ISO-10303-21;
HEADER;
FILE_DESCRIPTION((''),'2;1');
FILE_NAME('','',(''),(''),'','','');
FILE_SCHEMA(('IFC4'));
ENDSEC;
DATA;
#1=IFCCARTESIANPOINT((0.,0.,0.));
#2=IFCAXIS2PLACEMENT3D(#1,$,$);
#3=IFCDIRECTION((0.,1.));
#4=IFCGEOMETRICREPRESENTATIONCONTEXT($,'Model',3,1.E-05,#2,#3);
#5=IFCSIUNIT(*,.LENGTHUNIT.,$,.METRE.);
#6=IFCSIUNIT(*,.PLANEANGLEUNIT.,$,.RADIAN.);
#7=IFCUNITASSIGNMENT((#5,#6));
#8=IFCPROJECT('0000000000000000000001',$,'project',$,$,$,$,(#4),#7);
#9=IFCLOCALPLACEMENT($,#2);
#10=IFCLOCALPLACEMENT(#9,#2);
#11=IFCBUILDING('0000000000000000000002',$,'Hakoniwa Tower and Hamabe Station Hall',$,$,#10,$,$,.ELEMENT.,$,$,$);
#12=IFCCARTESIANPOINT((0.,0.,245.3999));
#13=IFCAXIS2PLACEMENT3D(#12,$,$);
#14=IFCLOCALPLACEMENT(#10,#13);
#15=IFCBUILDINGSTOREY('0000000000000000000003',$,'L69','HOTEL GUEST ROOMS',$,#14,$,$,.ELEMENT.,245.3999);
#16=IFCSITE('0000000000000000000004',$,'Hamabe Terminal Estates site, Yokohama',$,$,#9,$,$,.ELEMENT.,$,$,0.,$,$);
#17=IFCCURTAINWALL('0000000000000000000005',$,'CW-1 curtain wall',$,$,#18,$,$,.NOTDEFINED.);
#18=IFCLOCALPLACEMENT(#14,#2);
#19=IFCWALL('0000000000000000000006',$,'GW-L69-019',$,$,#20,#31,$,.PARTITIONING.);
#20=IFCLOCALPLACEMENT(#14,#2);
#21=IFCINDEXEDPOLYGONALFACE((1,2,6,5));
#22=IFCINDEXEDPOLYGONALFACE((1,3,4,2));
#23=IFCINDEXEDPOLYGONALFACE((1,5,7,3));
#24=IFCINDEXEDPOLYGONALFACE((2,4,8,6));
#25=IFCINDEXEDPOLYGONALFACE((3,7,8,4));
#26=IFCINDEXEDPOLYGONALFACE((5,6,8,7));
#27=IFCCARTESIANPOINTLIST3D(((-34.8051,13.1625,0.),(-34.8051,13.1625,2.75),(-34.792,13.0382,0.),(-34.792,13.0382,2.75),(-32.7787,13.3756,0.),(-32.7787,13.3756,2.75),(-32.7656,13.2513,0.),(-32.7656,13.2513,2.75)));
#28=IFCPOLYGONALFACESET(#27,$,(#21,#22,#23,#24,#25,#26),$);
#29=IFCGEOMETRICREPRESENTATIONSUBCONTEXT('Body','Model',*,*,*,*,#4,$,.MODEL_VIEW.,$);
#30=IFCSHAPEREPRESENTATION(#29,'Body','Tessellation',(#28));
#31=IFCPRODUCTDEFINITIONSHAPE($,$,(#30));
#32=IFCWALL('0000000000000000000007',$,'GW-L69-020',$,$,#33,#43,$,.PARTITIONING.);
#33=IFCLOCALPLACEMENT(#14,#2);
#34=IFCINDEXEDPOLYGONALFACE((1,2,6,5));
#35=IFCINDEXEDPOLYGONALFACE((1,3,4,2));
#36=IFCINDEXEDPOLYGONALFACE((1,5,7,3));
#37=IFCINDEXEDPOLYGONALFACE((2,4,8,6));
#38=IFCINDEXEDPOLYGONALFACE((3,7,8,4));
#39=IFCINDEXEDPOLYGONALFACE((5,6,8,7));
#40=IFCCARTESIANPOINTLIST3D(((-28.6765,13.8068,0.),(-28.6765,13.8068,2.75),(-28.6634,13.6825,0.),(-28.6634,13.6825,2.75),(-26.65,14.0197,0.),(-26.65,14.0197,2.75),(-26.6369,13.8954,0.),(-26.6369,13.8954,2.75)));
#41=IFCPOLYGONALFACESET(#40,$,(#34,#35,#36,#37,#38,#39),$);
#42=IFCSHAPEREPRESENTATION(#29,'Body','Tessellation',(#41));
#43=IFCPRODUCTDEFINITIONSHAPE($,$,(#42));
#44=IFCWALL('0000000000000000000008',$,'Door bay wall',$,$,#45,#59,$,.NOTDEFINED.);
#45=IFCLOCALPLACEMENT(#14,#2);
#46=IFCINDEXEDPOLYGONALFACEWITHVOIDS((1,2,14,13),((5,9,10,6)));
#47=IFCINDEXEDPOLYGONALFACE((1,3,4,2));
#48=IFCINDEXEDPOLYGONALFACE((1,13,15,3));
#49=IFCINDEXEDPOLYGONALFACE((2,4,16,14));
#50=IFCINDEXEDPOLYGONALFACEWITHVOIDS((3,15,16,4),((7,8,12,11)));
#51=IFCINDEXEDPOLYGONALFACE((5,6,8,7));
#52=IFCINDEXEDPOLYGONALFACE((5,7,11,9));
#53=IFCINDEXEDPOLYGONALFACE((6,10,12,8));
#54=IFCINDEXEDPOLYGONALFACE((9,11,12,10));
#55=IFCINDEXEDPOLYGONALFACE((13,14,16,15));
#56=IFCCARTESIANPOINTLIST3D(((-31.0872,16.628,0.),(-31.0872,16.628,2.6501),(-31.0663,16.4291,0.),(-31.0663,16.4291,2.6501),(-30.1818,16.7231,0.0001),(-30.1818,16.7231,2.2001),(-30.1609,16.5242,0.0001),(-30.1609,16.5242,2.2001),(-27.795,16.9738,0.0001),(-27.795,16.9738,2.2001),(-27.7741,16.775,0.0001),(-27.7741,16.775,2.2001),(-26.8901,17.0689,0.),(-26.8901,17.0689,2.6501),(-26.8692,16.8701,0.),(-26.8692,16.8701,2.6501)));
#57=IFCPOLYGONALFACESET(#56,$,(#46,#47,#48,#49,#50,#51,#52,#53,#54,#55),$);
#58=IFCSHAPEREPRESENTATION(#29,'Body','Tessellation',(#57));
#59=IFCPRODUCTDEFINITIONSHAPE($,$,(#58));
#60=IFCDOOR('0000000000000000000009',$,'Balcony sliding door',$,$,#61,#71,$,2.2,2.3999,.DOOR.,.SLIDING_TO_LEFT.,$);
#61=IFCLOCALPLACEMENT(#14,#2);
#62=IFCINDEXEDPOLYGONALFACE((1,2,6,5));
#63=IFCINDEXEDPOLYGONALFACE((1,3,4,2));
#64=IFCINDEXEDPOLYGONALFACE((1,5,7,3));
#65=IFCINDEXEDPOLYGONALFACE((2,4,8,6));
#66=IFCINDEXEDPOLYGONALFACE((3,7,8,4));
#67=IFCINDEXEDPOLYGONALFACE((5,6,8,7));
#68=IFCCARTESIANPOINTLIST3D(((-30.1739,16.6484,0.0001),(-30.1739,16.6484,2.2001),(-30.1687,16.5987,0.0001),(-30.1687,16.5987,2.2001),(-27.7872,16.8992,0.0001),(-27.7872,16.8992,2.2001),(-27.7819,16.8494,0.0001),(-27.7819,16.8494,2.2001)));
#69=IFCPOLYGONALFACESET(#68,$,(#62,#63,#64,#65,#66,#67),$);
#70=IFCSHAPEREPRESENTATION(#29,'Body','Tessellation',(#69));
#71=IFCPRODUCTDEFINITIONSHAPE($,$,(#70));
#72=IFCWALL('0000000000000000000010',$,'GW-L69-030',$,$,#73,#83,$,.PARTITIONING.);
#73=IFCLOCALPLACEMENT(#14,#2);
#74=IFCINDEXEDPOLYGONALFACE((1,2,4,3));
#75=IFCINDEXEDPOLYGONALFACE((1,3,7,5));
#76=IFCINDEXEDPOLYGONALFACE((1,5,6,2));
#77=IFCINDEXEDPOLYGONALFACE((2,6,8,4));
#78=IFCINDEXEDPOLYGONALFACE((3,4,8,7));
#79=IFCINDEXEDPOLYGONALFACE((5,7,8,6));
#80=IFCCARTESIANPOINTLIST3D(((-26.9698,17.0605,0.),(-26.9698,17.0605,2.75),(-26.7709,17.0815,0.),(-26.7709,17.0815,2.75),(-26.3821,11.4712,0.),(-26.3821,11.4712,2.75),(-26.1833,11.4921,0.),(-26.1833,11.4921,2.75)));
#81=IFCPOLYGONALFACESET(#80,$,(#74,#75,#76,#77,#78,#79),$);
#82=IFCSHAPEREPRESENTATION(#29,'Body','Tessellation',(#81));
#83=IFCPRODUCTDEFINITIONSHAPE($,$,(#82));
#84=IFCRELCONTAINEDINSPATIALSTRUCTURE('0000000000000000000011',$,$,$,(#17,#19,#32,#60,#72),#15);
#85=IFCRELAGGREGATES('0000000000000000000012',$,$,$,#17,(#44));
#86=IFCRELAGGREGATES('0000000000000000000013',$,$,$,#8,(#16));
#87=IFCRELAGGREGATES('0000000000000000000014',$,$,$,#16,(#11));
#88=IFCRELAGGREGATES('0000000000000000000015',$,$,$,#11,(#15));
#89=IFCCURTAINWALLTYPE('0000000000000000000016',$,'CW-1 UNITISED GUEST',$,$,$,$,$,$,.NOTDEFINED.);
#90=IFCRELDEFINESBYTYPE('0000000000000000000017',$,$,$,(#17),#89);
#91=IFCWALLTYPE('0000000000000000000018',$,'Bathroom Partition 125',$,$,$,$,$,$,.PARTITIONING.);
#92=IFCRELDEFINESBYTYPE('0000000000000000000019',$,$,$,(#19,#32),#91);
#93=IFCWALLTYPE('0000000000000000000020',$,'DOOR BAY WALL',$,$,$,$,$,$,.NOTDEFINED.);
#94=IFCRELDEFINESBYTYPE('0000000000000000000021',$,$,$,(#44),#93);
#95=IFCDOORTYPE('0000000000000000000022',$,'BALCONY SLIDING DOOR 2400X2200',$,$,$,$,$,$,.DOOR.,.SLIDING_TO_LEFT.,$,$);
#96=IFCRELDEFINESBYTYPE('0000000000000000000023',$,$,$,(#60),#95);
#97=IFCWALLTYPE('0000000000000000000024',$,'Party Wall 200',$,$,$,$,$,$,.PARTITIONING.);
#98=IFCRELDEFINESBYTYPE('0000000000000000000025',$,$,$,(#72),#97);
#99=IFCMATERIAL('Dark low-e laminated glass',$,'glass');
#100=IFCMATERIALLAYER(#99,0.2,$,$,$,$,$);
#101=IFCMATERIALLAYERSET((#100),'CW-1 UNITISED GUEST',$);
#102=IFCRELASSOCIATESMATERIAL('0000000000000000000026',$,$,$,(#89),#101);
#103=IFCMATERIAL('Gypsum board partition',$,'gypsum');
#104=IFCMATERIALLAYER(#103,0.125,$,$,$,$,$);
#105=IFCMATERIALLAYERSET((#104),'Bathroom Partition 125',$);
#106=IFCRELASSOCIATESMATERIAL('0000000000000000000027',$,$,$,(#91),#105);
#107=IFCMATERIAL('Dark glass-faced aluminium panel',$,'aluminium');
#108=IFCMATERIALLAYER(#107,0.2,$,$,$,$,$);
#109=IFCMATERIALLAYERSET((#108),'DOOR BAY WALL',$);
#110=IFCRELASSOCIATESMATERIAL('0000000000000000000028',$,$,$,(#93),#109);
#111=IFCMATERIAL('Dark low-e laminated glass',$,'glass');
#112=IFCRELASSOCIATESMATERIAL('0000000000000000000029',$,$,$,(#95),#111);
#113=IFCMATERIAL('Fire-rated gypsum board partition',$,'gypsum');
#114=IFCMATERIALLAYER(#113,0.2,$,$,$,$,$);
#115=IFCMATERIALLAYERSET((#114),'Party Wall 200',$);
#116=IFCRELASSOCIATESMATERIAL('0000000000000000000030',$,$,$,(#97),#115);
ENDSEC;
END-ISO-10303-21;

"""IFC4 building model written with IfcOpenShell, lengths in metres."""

from ifc_helpers import new_model, si_unit, direction, frame, frame_2d, origin, place, context, subcontext, project, spatial, rectangle, extrude, material, layer, layer_set, type_object, element, fill, aggregate, save


model = new_model("IFC4")

# Units and contexts
model_context = context("Model", 3, precision=1e-05, world=origin(), true_north=direction((0.0, 1.0)))
body_context = subcontext(model_context, "Body", "Model", "MODEL_VIEW")
ifc_project = project(units=[si_unit("LENGTHUNIT", "METRE"), si_unit("PLANEANGLEUNIT", "RADIAN")], contexts=[model_context])

# Site, building, storey
site_placement = place(None, origin())
site = spatial("IfcSite", under=ifc_project, at=site_placement, Name="Hamabe Terminal Estates site, Yokohama", CompositionType="ELEMENT", RefElevation=0.0)
building_placement = place(site_placement, origin())
building = spatial("IfcBuilding", under=site, at=building_placement, Name="Hakoniwa Tower and Hamabe Station Hall", CompositionType="ELEMENT")
storey_placement = place(building_placement, frame((0.0, 0.0, 245.3999)))
storey = spatial("IfcBuildingStorey", under=building, at=storey_placement, Name="L69", Description="HOTEL GUEST ROOMS", CompositionType="ELEMENT", Elevation=245.3999)

# Curtain wall
ifc_material_1 = material(Name="Dark low-e laminated glass", Category="glass")
ifc_layer_1 = layer(ifc_material_1, 0.2)
ifc_layer_set_1 = layer_set([ifc_layer_1], Name="CW-1 UNITISED GUEST")
curtain_wall_type = type_object("IfcCurtainWallType", Name="CW-1 UNITISED GUEST", PredefinedType="NOTDEFINED", material=ifc_layer_set_1)
curtain_wall_1_placement = place(storey_placement, origin())
curtain_wall_1 = element("IfcCurtainWall", 1, at=curtain_wall_1_placement, inside=storey, type_object=curtain_wall_type, Name="CW-1 curtain wall", PredefinedType="NOTDEFINED")

# Walls
ifc_material_2 = material(Name="Gypsum board partition", Category="gypsum")
ifc_layer_2 = layer(ifc_material_2, 0.125)
ifc_layer_set_2 = layer_set([ifc_layer_2], Name="Bathroom Partition 125")
wall_type_1 = type_object("IfcWallType", Name="Bathroom Partition 125", PredefinedType="PARTITIONING", material=ifc_layer_set_2)
for number, where, z_axis, x_axis, name in (
    (2, (-34.7986, 13.1003, 0.0), (0.0, 0.0, 1.0), (0.994514, 0.104604, 0.0), "GW-L69-019"),
    (3, (-28.6699, 13.7446, 0.0), (0.0, 0.0, 1.0), (0.994526, 0.104485, 0.0), "GW-L69-020"),
):
    element("IfcWall", number, at=place(storey_placement, frame(where, z_axis=z_axis, x_axis=x_axis)), inside=storey, type_object=wall_type_1, Name=name, PredefinedType="PARTITIONING", context=body_context, shape_type="SweptSolid", body=[
        extrude(rectangle(XDim=2.0376, YDim=0.125, at=frame_2d((1.0188, 0.0))), origin(), (0.0, 0.0, 1.0), 2.75),
    ])

# Wall, opening, door
ifc_material_3 = material(Name="Dark glass-faced aluminium panel", Category="aluminium")
ifc_layer_3 = layer(ifc_material_3, 0.2)
ifc_layer_set_3 = layer_set([ifc_layer_3], Name="DOOR BAY WALL")
wall_type_2 = type_object("IfcWallType", Name="DOOR BAY WALL", PredefinedType="NOTDEFINED", material=ifc_layer_set_3)
wall_1_placement = place(storey_placement, frame((-26.8796, 16.9695, 0.0), z_axis=(0.0, 0.0, 1.0), x_axis=(-0.994527, -0.10448, 0.0)))
wall_1 = element("IfcWall", 4, at=wall_1_placement, type_object=wall_type_2, Name="Door bay wall", PredefinedType="NOTDEFINED", context=body_context, shape_type="SweptSolid", body=[
    extrude(rectangle(XDim=4.2202, YDim=0.2, at=frame_2d((2.1101, 0.0))), origin(), (0.0, 0.0, 1.0), 2.6501),
])
opening_placement = place(wall_1_placement, frame((0.9099, 0.0, 0.0)))
opening = element("IfcOpeningElement", 5, at=opening_placement, cuts=wall_1, PredefinedType="OPENING", context=body_context, shape_type="SweptSolid", body=[
    extrude(rectangle(XDim=2.3999, YDim=2.2, at=frame_2d((1.2, 1.1001))), frame((0.0, 0.1099, 0.0), z_axis=(0.0, -1.0, 0.0), x_axis=(1.0, 0.0, 0.0)), (0.0, 0.0, 1.0), 0.22),
])
ifc_material_4 = material(Name="Dark low-e laminated glass", Category="glass")
door_type = type_object("IfcDoorType", Name="BALCONY SLIDING DOOR 2400X2200", OperationType="SLIDING_TO_LEFT", PredefinedType="DOOR", material=ifc_material_4)
door_placement = place(opening_placement, frame((2.3999, 0.0, 0.0), z_axis=(0.0, 0.0, 1.0), x_axis=(-1.0, 0.0, 0.0)))
door = element("IfcDoor", 6, at=door_placement, inside=storey, type_object=door_type, Name="Balcony sliding door", OperationType="SLIDING_TO_LEFT", OverallHeight=2.2, OverallWidth=2.3999, PredefinedType="DOOR", context=body_context, shape_type="SweptSolid", body=[
    extrude(rectangle(XDim=2.3999, YDim=2.2, at=frame_2d((1.2, 1.1001))), frame((0.0, 0.0249, 0.0), z_axis=(0.0, -1.0, 0.0), x_axis=(1.0, 0.0, 0.0)), (0.0, 0.0, 1.0), 0.05),
])
fill(opening, door)
aggregate(curtain_wall_1, [wall_1])

# Wall
ifc_material_5 = material(Name="Fire-rated gypsum board partition", Category="gypsum")
ifc_layer_4 = layer(ifc_material_5, 0.2)
ifc_layer_set_4 = layer_set([ifc_layer_4], Name="Party Wall 200")
wall_type_3 = type_object("IfcWallType", Name="Party Wall 200", PredefinedType="PARTITIONING", material=ifc_layer_set_4)
wall_2_placement = place(storey_placement, frame((-26.2827, 11.4817, 0.0), z_axis=(0.0, 0.0, 1.0), x_axis=(-0.10456, 0.994519, 0.0)))
element("IfcWall", 7, at=wall_2_placement, inside=storey, type_object=wall_type_3, Name="GW-L69-030", PredefinedType="PARTITIONING", context=body_context, shape_type="SweptSolid", body=[
    extrude(rectangle(XDim=5.6201, YDim=0.2, at=frame_2d((2.8101, 0.0))), origin(), (0.0, 0.0, 1.0), 2.75),
])

save(model, "model.ifc")
